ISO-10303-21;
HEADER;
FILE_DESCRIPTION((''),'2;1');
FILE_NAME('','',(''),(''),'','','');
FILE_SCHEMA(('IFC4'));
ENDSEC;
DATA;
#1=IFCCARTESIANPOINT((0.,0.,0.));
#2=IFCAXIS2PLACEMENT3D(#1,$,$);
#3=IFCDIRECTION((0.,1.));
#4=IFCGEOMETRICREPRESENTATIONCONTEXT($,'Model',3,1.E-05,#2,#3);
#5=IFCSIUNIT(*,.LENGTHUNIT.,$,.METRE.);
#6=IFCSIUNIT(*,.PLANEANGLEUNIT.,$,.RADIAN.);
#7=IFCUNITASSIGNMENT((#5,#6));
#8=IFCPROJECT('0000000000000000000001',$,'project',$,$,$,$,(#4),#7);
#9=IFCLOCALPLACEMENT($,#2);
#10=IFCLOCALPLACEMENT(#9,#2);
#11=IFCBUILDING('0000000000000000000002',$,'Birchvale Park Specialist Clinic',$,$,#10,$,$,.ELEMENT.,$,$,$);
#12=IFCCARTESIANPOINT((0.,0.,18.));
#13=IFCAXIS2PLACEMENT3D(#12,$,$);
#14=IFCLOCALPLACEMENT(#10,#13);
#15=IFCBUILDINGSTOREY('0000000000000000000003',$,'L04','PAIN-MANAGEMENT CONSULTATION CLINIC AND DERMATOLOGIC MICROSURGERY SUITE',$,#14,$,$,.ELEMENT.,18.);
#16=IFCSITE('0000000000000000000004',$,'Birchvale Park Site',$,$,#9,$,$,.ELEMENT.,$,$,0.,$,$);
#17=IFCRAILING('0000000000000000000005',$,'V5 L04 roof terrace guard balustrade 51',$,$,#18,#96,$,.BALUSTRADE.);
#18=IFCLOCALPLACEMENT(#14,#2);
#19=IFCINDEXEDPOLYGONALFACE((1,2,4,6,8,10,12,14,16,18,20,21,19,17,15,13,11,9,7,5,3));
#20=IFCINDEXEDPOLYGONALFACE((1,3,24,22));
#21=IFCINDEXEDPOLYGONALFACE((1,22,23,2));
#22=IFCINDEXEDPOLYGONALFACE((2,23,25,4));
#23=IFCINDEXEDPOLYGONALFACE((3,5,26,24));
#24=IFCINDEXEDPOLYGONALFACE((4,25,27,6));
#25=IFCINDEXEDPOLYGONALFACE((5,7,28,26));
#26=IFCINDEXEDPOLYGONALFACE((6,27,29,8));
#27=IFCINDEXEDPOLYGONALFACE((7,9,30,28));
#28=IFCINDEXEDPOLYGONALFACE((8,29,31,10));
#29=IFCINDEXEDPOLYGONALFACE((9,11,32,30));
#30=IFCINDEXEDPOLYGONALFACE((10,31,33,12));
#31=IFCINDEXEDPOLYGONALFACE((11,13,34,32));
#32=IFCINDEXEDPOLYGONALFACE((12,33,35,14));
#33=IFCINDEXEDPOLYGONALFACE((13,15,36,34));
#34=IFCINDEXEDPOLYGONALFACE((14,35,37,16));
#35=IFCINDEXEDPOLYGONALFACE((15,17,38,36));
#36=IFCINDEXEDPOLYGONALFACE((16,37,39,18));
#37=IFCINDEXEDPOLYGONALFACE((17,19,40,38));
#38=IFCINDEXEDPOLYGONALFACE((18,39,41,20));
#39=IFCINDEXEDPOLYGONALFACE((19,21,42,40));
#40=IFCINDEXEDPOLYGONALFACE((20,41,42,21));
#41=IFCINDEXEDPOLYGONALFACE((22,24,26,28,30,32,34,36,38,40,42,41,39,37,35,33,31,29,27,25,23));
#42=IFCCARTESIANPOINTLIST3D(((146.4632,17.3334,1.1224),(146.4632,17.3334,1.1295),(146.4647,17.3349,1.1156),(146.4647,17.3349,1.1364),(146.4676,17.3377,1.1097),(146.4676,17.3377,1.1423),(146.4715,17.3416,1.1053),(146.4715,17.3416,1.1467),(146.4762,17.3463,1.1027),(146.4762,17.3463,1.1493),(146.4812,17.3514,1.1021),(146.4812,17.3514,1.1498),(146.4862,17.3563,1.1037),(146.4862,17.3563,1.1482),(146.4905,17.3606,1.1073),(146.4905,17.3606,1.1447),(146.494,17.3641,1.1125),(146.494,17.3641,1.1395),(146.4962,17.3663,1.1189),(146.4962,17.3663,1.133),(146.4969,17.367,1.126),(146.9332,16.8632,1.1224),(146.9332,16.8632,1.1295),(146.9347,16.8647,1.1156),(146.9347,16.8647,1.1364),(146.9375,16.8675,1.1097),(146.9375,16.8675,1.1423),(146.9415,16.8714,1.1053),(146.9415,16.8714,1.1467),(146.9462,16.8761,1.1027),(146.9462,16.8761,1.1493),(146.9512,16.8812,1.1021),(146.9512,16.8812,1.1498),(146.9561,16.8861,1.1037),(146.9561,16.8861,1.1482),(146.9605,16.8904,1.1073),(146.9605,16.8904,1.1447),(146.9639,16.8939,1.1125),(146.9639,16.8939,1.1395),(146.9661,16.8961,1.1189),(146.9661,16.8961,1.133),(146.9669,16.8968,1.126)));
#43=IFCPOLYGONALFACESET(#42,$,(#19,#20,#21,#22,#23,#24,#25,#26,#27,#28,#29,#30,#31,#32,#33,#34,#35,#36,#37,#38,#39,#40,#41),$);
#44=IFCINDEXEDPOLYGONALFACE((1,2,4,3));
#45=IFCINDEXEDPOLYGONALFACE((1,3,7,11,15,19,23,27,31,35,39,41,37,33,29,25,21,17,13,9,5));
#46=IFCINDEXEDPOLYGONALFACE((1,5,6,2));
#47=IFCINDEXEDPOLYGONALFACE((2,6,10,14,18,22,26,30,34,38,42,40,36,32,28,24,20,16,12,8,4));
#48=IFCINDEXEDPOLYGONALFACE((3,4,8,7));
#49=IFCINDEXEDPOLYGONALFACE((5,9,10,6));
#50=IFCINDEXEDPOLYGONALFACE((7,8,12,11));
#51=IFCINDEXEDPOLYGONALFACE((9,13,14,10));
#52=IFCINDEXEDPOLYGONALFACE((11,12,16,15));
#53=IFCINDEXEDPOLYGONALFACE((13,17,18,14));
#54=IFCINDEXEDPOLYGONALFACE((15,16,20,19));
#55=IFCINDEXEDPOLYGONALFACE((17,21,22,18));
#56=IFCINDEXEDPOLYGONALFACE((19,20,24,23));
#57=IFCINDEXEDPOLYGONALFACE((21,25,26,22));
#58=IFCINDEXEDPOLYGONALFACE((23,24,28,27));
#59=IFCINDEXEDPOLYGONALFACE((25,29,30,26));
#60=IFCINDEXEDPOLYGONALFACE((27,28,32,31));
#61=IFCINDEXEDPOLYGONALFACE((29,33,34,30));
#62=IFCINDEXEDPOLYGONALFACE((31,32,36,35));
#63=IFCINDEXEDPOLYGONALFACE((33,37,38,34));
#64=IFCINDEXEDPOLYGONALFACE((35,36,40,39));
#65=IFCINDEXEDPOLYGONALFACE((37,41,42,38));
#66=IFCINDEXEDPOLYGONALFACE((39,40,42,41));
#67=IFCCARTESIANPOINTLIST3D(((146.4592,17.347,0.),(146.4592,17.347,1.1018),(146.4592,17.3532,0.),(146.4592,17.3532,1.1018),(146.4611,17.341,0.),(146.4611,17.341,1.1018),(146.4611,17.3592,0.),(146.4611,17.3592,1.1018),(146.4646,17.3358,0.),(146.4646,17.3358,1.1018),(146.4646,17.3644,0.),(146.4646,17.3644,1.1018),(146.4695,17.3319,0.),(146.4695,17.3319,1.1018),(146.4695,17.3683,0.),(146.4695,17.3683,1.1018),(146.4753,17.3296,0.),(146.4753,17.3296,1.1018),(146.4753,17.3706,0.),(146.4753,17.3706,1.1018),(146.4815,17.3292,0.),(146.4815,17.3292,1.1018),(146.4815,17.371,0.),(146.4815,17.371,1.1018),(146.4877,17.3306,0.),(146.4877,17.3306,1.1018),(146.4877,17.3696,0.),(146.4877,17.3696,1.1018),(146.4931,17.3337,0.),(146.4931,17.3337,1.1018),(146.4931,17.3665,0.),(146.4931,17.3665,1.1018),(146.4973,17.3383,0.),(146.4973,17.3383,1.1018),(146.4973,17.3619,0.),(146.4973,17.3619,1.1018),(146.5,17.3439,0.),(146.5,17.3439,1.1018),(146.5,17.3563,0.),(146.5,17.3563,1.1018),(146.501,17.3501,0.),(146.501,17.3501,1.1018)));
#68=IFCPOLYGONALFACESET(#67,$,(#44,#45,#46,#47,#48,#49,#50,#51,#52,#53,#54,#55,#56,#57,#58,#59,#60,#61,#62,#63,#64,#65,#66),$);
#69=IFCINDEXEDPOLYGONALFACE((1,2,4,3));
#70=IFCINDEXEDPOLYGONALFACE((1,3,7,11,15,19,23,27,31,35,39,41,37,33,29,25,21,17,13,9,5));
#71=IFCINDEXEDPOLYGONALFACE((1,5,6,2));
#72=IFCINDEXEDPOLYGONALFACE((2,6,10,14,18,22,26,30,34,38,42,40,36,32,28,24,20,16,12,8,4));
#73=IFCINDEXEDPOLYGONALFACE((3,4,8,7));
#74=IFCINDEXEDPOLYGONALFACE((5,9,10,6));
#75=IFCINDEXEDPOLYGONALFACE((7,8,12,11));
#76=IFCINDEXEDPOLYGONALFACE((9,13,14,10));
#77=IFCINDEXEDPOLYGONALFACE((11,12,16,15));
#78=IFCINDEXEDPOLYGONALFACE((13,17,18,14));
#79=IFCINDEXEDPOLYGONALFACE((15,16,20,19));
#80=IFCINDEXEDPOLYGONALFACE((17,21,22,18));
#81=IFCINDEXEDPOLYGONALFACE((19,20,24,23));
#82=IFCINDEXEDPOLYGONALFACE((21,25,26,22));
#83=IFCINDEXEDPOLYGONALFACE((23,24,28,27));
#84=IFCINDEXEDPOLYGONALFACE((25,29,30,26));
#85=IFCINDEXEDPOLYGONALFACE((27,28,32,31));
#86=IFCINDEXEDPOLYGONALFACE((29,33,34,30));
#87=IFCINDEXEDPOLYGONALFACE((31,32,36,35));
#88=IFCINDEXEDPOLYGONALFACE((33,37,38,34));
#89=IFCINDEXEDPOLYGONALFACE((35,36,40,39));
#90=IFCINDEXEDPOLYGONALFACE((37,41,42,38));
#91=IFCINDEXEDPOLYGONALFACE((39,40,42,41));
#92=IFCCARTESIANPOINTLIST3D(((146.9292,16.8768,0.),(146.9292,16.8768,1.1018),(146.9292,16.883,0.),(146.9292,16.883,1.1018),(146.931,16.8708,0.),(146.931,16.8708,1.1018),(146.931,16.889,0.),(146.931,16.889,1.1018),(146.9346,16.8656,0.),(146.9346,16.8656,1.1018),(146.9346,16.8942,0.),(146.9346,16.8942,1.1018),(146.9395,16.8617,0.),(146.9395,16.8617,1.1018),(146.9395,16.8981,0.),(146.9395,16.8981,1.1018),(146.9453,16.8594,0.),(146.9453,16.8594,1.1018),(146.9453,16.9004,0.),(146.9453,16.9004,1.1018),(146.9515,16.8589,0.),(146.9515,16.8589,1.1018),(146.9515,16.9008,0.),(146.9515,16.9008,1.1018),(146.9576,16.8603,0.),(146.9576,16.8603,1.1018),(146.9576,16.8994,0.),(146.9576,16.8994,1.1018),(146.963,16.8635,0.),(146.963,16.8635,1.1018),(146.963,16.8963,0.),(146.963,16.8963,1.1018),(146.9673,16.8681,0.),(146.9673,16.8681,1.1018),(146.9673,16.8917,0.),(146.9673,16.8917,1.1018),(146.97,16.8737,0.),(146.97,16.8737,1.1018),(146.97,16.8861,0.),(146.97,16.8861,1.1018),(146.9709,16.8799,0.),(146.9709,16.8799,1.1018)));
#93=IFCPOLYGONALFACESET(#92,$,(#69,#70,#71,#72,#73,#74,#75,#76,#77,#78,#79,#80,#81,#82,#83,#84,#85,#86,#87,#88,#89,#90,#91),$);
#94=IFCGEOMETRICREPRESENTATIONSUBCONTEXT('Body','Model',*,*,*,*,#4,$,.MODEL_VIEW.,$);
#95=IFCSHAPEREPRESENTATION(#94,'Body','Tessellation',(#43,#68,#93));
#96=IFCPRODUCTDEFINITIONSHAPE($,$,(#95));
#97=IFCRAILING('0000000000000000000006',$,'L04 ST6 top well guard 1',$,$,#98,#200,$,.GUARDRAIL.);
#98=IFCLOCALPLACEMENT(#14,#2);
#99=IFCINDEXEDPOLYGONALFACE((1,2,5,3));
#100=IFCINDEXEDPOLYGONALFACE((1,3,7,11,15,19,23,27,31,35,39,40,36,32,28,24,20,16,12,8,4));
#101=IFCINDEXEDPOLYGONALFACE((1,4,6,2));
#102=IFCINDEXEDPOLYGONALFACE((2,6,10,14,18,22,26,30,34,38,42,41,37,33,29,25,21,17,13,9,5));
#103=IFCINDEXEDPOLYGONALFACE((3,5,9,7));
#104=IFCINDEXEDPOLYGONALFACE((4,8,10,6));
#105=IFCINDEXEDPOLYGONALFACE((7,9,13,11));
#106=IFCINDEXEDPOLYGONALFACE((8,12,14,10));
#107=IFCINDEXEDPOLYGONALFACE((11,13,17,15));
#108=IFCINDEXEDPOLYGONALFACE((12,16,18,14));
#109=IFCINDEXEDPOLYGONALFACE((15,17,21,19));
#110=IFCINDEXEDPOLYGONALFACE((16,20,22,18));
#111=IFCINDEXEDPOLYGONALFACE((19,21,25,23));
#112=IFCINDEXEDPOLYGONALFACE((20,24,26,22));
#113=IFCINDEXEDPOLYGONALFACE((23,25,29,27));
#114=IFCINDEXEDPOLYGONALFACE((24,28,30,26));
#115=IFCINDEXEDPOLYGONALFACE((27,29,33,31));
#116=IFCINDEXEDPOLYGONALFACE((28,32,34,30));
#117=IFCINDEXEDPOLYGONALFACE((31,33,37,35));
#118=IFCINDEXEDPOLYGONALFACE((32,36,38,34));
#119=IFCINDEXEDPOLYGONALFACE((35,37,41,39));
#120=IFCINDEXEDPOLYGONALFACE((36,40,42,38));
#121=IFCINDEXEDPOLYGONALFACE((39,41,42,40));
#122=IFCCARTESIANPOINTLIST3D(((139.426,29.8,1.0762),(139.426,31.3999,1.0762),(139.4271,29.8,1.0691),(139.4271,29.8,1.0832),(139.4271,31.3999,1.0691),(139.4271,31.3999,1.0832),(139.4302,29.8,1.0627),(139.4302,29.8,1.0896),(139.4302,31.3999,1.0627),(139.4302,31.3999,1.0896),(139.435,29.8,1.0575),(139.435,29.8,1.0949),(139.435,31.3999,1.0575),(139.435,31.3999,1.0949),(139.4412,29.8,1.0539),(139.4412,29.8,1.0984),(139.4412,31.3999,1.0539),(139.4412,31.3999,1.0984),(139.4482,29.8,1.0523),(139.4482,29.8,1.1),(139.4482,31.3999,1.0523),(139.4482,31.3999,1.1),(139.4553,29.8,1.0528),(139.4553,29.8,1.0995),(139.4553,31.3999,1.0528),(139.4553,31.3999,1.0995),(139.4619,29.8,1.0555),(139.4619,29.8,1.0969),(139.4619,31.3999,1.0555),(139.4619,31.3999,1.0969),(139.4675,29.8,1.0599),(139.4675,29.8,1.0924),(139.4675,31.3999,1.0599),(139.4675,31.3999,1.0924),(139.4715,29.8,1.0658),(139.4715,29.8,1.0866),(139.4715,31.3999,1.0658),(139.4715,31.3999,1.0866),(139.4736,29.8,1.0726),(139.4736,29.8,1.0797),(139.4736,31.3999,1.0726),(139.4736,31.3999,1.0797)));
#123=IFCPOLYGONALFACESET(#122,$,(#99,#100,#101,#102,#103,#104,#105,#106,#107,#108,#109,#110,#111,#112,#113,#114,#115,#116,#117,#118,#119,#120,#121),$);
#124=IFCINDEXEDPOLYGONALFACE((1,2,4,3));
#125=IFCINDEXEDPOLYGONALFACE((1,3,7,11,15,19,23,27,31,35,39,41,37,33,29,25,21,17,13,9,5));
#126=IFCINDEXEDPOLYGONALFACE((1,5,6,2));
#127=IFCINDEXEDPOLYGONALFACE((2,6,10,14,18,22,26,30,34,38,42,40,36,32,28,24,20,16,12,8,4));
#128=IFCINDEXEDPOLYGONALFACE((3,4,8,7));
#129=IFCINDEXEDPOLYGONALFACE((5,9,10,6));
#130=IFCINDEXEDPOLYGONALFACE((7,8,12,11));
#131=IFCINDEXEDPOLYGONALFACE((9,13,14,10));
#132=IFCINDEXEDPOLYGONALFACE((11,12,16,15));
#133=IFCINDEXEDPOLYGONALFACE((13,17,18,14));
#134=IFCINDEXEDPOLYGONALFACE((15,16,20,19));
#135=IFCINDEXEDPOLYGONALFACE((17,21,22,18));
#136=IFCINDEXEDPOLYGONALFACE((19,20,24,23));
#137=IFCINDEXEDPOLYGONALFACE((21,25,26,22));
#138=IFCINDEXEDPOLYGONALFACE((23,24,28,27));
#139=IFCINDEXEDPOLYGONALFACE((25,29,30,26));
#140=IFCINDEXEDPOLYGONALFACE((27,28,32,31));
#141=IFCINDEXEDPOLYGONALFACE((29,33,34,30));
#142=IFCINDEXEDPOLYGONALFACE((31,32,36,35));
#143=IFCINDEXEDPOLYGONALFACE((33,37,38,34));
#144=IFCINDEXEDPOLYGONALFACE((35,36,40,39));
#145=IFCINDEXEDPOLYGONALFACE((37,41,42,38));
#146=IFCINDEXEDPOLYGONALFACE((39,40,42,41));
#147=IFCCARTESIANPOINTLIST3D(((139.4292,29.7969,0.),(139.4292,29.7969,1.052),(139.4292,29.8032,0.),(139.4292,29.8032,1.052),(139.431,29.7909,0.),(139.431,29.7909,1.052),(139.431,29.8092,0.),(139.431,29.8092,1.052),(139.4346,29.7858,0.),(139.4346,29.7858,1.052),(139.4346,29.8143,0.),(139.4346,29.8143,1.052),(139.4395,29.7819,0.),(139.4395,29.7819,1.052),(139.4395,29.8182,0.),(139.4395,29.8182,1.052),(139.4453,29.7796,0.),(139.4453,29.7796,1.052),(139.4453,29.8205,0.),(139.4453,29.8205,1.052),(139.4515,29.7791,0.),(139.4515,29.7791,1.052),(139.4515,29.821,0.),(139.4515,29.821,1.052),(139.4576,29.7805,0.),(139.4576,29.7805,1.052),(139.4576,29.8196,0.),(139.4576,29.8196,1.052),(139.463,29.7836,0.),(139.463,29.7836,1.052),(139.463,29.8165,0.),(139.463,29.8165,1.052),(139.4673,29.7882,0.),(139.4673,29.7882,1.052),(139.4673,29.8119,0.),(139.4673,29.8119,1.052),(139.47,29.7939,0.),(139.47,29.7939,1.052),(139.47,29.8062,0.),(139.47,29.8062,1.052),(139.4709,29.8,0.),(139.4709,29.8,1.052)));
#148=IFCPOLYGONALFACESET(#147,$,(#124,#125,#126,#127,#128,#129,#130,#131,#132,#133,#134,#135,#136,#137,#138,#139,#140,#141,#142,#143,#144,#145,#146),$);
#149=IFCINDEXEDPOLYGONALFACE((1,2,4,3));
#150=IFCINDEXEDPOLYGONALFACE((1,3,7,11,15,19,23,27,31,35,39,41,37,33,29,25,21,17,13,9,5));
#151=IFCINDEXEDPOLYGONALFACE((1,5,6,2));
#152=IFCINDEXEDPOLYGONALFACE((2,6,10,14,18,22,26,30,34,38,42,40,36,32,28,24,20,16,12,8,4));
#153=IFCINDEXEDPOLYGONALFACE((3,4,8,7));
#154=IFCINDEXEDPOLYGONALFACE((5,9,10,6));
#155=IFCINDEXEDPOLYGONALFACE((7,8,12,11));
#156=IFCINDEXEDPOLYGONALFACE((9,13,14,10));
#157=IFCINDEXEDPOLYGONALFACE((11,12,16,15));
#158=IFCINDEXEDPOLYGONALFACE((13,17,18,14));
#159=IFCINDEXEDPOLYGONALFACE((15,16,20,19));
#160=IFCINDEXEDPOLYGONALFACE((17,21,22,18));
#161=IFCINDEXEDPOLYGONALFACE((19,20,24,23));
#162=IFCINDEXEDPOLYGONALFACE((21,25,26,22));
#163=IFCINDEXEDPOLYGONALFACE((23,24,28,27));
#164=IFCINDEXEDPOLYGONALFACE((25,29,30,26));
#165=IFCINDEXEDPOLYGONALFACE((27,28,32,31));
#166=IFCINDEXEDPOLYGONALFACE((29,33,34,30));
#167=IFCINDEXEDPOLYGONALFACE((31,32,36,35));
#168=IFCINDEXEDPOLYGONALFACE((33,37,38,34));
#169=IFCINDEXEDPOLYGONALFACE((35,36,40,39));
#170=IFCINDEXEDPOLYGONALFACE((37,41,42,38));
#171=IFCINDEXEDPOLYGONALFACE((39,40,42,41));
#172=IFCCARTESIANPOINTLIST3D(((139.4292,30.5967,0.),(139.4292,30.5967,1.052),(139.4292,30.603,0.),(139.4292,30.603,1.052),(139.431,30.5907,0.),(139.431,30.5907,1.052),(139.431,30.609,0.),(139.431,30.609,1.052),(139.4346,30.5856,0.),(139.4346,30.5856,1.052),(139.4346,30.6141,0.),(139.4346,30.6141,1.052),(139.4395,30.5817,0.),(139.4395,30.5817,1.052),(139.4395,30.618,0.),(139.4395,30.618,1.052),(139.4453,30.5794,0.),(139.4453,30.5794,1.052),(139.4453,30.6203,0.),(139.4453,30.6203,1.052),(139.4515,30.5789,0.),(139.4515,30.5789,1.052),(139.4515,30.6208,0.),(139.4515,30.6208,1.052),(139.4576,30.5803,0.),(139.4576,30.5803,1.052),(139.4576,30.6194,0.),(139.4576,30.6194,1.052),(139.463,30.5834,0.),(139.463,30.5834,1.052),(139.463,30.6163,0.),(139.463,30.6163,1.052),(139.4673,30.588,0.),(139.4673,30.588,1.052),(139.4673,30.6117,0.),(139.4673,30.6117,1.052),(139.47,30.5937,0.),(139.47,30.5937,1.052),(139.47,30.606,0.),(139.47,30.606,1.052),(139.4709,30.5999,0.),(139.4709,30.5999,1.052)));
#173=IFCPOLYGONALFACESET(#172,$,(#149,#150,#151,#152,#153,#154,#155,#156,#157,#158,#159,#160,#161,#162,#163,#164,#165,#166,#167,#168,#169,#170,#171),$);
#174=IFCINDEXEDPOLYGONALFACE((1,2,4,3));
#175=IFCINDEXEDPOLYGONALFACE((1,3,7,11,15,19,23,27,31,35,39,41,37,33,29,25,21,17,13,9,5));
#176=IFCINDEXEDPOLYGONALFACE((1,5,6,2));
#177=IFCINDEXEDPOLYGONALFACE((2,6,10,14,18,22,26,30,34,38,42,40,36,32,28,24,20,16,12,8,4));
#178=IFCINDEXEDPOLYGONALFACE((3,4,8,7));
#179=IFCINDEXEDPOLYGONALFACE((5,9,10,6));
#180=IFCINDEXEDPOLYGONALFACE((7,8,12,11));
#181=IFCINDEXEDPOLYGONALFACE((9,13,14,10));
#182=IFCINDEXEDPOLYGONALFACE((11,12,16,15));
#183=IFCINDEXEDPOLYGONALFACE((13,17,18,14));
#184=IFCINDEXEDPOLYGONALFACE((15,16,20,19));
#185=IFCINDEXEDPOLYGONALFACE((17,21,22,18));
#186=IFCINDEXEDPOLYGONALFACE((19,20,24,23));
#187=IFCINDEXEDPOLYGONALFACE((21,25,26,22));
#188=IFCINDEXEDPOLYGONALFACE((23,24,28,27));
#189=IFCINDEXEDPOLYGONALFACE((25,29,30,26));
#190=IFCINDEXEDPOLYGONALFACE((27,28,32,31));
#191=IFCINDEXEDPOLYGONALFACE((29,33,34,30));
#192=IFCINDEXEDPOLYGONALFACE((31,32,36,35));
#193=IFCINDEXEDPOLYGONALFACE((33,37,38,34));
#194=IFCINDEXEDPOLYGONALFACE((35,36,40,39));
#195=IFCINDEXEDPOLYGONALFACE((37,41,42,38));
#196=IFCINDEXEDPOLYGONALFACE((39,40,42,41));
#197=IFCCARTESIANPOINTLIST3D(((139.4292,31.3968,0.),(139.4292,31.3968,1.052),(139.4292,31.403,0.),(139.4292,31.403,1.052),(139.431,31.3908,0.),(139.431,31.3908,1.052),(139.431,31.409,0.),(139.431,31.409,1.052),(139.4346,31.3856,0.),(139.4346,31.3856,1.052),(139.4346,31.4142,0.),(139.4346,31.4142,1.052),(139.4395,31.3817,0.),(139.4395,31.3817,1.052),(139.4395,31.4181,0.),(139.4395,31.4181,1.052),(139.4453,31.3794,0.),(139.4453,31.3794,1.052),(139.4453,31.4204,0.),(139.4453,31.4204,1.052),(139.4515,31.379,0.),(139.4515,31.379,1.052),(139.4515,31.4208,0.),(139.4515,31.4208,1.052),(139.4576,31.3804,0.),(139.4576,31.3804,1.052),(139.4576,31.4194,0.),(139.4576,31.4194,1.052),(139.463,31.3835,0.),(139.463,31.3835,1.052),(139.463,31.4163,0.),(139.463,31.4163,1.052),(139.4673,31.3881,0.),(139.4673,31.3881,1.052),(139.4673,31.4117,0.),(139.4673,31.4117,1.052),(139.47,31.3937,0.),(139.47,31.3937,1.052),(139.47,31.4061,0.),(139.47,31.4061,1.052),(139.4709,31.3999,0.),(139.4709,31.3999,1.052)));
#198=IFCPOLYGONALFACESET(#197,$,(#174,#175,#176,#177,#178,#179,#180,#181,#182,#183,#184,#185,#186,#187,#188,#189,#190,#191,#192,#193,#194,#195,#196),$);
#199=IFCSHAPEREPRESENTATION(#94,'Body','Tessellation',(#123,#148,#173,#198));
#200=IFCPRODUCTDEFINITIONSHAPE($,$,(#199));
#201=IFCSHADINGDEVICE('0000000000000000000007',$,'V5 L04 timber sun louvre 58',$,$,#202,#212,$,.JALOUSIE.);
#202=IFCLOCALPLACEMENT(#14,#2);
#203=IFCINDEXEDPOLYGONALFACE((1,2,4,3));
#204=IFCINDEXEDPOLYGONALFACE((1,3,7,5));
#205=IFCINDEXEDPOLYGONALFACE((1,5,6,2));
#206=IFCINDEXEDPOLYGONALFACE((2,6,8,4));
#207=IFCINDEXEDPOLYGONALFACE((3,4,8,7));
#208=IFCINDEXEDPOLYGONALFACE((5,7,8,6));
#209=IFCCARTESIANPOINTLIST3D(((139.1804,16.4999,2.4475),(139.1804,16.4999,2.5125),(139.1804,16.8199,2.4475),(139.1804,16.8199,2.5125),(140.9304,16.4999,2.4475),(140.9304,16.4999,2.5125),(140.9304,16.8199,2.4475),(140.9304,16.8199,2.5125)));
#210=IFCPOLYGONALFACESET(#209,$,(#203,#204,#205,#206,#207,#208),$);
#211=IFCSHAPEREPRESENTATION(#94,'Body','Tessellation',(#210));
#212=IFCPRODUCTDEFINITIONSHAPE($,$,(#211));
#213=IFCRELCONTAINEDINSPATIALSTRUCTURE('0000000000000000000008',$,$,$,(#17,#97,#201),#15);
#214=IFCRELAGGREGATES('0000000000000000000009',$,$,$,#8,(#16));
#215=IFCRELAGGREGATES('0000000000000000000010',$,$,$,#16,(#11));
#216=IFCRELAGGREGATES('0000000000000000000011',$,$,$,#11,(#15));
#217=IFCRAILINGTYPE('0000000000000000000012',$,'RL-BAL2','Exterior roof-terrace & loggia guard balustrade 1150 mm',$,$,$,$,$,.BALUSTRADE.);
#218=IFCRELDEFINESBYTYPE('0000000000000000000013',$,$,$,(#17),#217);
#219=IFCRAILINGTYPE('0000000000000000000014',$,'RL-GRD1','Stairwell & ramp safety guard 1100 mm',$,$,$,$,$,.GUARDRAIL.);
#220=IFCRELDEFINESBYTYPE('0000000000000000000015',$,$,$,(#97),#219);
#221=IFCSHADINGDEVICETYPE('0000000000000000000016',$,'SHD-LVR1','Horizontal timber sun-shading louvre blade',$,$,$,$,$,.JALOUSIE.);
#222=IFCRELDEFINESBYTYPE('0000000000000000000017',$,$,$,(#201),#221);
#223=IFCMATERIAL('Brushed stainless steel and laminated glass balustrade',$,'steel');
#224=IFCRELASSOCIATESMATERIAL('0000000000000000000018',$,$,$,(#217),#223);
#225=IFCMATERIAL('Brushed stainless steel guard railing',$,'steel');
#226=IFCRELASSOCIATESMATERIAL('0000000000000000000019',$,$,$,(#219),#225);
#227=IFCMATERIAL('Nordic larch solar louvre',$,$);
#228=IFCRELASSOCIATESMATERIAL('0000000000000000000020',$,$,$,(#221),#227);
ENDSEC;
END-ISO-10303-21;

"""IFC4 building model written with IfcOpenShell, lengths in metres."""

from ifc_helpers import new_model, si_unit, direction, frame, origin, origin_2d, place, context, subcontext, project, spatial, rectangle, circle, extrude, material, type_object, element, save


model = new_model("IFC4")

# Units and contexts
model_context = context("Model", 3, precision=1e-05, world=origin(), true_north=direction((0.0, 1.0)))
body_context = subcontext(model_context, "Body", "Model", "MODEL_VIEW")
ifc_project = project(units=[si_unit("LENGTHUNIT", "METRE"), si_unit("PLANEANGLEUNIT", "RADIAN")], contexts=[model_context])

# Site, building, storey
site_placement = place(None, origin())
site = spatial("IfcSite", under=ifc_project, at=site_placement, Name="Birchvale Park Site", CompositionType="ELEMENT", RefElevation=0.0)
building_placement = place(site_placement, origin())
building = spatial("IfcBuilding", under=site, at=building_placement, Name="Birchvale Park Specialist Clinic", CompositionType="ELEMENT")
storey_placement = place(building_placement, frame((0.0, 0.0, 18.0)))
storey = spatial("IfcBuildingStorey", under=building, at=storey_placement, Name="L04", Description="PAIN-MANAGEMENT CONSULTATION CLINIC AND DERMATOLOGIC MICROSURGERY SUITE", CompositionType="ELEMENT", Elevation=18.0)

# Railings
ifc_material_1 = material(Name="Brushed stainless steel and laminated glass balustrade", Category="steel")
railing_type_1 = type_object("IfcRailingType", Name="RL-BAL2", Description="Exterior roof-terrace & loggia guard balustrade 1150 mm", PredefinedType="BALUSTRADE", material=ifc_material_1)
railing_1_placement = place(storey_placement, frame((146.48, 17.3501, 0.0)))
element("IfcRailing", 1, at=railing_1_placement, inside=storey, type_object=railing_type_1, Name="V5 L04 roof terrace guard balustrade 51", PredefinedType="BALUSTRADE", context=body_context, shape_type="SweptSolid", body=[
    extrude(circle(Radius=0.0239, at=origin_2d()), frame((0.0, 0.0, 1.126), z_axis=(0.706923, -0.70729, 0.0), x_axis=(0.70729, 0.706923, 0.0)), (0.0, 0.0, 1.0), 0.6648),
    extrude(circle(Radius=0.021, at=origin_2d()), origin(), (0.0, 0.0, 1.0), 1.1018),
    extrude(circle(Radius=0.021, at=origin_2d()), frame((0.47, -0.4702, 0.0)), (0.0, 0.0, 1.0), 1.1018),
])
ifc_material_2 = material(Name="Brushed stainless steel guard railing", Category="steel")
railing_type_2 = type_object("IfcRailingType", Name="RL-GRD1", Description="Stairwell & ramp safety guard 1100 mm", PredefinedType="GUARDRAIL", material=ifc_material_2)
railing_2_placement = place(storey_placement, frame((139.45, 29.8, 0.0)))
element("IfcRailing", 2, at=railing_2_placement, inside=storey, type_object=railing_type_2, Name="L04 ST6 top well guard 1", PredefinedType="GUARDRAIL", context=body_context, shape_type="SweptSolid", body=[
    extrude(circle(Radius=0.0239, at=origin_2d()), frame((0.0, 0.0, 1.0762), z_axis=(0.0, 1.0, 0.0), x_axis=(-1.0, 0.0, 0.0)), (0.0, 0.0, 1.0), 1.5999),
    extrude(circle(Radius=0.021, at=origin_2d()), origin(), (0.0, 0.0, 1.0), 1.052),
    extrude(circle(Radius=0.021, at=origin_2d()), frame((0.0, 0.7998, 0.0)), (0.0, 0.0, 1.0), 1.052),
    extrude(circle(Radius=0.021, at=origin_2d()), frame((0.0, 1.5999, 0.0)), (0.0, 0.0, 1.0), 1.052),
])

# Shading device
ifc_material_3 = material(Name="Nordic larch solar louvre")
shading_device_type = type_object("IfcShadingDeviceType", Name="SHD-LVR1", Description="Horizontal timber sun-shading louvre blade", PredefinedType="JALOUSIE", material=ifc_material_3)
for number, where, z_axis, x_axis, name in (
    (3, (140.0554, 16.6599, 2.4475), (0.0, 0.0, 1.0), (1.0, 0.0, 0.0), "V5 L04 timber sun louvre 58"),
):
    element("IfcShadingDevice", number, at=place(storey_placement, frame(where, z_axis=z_axis, x_axis=x_axis)), inside=storey, type_object=shading_device_type, Name=name, PredefinedType="JALOUSIE", context=body_context, shape_type="SweptSolid", body=[
        extrude(rectangle(XDim=1.75, YDim=0.3201, at=origin_2d()), origin(), (0.0, 0.0, 1.0), 0.0649),
    ])

save(model, "model.ifc")
